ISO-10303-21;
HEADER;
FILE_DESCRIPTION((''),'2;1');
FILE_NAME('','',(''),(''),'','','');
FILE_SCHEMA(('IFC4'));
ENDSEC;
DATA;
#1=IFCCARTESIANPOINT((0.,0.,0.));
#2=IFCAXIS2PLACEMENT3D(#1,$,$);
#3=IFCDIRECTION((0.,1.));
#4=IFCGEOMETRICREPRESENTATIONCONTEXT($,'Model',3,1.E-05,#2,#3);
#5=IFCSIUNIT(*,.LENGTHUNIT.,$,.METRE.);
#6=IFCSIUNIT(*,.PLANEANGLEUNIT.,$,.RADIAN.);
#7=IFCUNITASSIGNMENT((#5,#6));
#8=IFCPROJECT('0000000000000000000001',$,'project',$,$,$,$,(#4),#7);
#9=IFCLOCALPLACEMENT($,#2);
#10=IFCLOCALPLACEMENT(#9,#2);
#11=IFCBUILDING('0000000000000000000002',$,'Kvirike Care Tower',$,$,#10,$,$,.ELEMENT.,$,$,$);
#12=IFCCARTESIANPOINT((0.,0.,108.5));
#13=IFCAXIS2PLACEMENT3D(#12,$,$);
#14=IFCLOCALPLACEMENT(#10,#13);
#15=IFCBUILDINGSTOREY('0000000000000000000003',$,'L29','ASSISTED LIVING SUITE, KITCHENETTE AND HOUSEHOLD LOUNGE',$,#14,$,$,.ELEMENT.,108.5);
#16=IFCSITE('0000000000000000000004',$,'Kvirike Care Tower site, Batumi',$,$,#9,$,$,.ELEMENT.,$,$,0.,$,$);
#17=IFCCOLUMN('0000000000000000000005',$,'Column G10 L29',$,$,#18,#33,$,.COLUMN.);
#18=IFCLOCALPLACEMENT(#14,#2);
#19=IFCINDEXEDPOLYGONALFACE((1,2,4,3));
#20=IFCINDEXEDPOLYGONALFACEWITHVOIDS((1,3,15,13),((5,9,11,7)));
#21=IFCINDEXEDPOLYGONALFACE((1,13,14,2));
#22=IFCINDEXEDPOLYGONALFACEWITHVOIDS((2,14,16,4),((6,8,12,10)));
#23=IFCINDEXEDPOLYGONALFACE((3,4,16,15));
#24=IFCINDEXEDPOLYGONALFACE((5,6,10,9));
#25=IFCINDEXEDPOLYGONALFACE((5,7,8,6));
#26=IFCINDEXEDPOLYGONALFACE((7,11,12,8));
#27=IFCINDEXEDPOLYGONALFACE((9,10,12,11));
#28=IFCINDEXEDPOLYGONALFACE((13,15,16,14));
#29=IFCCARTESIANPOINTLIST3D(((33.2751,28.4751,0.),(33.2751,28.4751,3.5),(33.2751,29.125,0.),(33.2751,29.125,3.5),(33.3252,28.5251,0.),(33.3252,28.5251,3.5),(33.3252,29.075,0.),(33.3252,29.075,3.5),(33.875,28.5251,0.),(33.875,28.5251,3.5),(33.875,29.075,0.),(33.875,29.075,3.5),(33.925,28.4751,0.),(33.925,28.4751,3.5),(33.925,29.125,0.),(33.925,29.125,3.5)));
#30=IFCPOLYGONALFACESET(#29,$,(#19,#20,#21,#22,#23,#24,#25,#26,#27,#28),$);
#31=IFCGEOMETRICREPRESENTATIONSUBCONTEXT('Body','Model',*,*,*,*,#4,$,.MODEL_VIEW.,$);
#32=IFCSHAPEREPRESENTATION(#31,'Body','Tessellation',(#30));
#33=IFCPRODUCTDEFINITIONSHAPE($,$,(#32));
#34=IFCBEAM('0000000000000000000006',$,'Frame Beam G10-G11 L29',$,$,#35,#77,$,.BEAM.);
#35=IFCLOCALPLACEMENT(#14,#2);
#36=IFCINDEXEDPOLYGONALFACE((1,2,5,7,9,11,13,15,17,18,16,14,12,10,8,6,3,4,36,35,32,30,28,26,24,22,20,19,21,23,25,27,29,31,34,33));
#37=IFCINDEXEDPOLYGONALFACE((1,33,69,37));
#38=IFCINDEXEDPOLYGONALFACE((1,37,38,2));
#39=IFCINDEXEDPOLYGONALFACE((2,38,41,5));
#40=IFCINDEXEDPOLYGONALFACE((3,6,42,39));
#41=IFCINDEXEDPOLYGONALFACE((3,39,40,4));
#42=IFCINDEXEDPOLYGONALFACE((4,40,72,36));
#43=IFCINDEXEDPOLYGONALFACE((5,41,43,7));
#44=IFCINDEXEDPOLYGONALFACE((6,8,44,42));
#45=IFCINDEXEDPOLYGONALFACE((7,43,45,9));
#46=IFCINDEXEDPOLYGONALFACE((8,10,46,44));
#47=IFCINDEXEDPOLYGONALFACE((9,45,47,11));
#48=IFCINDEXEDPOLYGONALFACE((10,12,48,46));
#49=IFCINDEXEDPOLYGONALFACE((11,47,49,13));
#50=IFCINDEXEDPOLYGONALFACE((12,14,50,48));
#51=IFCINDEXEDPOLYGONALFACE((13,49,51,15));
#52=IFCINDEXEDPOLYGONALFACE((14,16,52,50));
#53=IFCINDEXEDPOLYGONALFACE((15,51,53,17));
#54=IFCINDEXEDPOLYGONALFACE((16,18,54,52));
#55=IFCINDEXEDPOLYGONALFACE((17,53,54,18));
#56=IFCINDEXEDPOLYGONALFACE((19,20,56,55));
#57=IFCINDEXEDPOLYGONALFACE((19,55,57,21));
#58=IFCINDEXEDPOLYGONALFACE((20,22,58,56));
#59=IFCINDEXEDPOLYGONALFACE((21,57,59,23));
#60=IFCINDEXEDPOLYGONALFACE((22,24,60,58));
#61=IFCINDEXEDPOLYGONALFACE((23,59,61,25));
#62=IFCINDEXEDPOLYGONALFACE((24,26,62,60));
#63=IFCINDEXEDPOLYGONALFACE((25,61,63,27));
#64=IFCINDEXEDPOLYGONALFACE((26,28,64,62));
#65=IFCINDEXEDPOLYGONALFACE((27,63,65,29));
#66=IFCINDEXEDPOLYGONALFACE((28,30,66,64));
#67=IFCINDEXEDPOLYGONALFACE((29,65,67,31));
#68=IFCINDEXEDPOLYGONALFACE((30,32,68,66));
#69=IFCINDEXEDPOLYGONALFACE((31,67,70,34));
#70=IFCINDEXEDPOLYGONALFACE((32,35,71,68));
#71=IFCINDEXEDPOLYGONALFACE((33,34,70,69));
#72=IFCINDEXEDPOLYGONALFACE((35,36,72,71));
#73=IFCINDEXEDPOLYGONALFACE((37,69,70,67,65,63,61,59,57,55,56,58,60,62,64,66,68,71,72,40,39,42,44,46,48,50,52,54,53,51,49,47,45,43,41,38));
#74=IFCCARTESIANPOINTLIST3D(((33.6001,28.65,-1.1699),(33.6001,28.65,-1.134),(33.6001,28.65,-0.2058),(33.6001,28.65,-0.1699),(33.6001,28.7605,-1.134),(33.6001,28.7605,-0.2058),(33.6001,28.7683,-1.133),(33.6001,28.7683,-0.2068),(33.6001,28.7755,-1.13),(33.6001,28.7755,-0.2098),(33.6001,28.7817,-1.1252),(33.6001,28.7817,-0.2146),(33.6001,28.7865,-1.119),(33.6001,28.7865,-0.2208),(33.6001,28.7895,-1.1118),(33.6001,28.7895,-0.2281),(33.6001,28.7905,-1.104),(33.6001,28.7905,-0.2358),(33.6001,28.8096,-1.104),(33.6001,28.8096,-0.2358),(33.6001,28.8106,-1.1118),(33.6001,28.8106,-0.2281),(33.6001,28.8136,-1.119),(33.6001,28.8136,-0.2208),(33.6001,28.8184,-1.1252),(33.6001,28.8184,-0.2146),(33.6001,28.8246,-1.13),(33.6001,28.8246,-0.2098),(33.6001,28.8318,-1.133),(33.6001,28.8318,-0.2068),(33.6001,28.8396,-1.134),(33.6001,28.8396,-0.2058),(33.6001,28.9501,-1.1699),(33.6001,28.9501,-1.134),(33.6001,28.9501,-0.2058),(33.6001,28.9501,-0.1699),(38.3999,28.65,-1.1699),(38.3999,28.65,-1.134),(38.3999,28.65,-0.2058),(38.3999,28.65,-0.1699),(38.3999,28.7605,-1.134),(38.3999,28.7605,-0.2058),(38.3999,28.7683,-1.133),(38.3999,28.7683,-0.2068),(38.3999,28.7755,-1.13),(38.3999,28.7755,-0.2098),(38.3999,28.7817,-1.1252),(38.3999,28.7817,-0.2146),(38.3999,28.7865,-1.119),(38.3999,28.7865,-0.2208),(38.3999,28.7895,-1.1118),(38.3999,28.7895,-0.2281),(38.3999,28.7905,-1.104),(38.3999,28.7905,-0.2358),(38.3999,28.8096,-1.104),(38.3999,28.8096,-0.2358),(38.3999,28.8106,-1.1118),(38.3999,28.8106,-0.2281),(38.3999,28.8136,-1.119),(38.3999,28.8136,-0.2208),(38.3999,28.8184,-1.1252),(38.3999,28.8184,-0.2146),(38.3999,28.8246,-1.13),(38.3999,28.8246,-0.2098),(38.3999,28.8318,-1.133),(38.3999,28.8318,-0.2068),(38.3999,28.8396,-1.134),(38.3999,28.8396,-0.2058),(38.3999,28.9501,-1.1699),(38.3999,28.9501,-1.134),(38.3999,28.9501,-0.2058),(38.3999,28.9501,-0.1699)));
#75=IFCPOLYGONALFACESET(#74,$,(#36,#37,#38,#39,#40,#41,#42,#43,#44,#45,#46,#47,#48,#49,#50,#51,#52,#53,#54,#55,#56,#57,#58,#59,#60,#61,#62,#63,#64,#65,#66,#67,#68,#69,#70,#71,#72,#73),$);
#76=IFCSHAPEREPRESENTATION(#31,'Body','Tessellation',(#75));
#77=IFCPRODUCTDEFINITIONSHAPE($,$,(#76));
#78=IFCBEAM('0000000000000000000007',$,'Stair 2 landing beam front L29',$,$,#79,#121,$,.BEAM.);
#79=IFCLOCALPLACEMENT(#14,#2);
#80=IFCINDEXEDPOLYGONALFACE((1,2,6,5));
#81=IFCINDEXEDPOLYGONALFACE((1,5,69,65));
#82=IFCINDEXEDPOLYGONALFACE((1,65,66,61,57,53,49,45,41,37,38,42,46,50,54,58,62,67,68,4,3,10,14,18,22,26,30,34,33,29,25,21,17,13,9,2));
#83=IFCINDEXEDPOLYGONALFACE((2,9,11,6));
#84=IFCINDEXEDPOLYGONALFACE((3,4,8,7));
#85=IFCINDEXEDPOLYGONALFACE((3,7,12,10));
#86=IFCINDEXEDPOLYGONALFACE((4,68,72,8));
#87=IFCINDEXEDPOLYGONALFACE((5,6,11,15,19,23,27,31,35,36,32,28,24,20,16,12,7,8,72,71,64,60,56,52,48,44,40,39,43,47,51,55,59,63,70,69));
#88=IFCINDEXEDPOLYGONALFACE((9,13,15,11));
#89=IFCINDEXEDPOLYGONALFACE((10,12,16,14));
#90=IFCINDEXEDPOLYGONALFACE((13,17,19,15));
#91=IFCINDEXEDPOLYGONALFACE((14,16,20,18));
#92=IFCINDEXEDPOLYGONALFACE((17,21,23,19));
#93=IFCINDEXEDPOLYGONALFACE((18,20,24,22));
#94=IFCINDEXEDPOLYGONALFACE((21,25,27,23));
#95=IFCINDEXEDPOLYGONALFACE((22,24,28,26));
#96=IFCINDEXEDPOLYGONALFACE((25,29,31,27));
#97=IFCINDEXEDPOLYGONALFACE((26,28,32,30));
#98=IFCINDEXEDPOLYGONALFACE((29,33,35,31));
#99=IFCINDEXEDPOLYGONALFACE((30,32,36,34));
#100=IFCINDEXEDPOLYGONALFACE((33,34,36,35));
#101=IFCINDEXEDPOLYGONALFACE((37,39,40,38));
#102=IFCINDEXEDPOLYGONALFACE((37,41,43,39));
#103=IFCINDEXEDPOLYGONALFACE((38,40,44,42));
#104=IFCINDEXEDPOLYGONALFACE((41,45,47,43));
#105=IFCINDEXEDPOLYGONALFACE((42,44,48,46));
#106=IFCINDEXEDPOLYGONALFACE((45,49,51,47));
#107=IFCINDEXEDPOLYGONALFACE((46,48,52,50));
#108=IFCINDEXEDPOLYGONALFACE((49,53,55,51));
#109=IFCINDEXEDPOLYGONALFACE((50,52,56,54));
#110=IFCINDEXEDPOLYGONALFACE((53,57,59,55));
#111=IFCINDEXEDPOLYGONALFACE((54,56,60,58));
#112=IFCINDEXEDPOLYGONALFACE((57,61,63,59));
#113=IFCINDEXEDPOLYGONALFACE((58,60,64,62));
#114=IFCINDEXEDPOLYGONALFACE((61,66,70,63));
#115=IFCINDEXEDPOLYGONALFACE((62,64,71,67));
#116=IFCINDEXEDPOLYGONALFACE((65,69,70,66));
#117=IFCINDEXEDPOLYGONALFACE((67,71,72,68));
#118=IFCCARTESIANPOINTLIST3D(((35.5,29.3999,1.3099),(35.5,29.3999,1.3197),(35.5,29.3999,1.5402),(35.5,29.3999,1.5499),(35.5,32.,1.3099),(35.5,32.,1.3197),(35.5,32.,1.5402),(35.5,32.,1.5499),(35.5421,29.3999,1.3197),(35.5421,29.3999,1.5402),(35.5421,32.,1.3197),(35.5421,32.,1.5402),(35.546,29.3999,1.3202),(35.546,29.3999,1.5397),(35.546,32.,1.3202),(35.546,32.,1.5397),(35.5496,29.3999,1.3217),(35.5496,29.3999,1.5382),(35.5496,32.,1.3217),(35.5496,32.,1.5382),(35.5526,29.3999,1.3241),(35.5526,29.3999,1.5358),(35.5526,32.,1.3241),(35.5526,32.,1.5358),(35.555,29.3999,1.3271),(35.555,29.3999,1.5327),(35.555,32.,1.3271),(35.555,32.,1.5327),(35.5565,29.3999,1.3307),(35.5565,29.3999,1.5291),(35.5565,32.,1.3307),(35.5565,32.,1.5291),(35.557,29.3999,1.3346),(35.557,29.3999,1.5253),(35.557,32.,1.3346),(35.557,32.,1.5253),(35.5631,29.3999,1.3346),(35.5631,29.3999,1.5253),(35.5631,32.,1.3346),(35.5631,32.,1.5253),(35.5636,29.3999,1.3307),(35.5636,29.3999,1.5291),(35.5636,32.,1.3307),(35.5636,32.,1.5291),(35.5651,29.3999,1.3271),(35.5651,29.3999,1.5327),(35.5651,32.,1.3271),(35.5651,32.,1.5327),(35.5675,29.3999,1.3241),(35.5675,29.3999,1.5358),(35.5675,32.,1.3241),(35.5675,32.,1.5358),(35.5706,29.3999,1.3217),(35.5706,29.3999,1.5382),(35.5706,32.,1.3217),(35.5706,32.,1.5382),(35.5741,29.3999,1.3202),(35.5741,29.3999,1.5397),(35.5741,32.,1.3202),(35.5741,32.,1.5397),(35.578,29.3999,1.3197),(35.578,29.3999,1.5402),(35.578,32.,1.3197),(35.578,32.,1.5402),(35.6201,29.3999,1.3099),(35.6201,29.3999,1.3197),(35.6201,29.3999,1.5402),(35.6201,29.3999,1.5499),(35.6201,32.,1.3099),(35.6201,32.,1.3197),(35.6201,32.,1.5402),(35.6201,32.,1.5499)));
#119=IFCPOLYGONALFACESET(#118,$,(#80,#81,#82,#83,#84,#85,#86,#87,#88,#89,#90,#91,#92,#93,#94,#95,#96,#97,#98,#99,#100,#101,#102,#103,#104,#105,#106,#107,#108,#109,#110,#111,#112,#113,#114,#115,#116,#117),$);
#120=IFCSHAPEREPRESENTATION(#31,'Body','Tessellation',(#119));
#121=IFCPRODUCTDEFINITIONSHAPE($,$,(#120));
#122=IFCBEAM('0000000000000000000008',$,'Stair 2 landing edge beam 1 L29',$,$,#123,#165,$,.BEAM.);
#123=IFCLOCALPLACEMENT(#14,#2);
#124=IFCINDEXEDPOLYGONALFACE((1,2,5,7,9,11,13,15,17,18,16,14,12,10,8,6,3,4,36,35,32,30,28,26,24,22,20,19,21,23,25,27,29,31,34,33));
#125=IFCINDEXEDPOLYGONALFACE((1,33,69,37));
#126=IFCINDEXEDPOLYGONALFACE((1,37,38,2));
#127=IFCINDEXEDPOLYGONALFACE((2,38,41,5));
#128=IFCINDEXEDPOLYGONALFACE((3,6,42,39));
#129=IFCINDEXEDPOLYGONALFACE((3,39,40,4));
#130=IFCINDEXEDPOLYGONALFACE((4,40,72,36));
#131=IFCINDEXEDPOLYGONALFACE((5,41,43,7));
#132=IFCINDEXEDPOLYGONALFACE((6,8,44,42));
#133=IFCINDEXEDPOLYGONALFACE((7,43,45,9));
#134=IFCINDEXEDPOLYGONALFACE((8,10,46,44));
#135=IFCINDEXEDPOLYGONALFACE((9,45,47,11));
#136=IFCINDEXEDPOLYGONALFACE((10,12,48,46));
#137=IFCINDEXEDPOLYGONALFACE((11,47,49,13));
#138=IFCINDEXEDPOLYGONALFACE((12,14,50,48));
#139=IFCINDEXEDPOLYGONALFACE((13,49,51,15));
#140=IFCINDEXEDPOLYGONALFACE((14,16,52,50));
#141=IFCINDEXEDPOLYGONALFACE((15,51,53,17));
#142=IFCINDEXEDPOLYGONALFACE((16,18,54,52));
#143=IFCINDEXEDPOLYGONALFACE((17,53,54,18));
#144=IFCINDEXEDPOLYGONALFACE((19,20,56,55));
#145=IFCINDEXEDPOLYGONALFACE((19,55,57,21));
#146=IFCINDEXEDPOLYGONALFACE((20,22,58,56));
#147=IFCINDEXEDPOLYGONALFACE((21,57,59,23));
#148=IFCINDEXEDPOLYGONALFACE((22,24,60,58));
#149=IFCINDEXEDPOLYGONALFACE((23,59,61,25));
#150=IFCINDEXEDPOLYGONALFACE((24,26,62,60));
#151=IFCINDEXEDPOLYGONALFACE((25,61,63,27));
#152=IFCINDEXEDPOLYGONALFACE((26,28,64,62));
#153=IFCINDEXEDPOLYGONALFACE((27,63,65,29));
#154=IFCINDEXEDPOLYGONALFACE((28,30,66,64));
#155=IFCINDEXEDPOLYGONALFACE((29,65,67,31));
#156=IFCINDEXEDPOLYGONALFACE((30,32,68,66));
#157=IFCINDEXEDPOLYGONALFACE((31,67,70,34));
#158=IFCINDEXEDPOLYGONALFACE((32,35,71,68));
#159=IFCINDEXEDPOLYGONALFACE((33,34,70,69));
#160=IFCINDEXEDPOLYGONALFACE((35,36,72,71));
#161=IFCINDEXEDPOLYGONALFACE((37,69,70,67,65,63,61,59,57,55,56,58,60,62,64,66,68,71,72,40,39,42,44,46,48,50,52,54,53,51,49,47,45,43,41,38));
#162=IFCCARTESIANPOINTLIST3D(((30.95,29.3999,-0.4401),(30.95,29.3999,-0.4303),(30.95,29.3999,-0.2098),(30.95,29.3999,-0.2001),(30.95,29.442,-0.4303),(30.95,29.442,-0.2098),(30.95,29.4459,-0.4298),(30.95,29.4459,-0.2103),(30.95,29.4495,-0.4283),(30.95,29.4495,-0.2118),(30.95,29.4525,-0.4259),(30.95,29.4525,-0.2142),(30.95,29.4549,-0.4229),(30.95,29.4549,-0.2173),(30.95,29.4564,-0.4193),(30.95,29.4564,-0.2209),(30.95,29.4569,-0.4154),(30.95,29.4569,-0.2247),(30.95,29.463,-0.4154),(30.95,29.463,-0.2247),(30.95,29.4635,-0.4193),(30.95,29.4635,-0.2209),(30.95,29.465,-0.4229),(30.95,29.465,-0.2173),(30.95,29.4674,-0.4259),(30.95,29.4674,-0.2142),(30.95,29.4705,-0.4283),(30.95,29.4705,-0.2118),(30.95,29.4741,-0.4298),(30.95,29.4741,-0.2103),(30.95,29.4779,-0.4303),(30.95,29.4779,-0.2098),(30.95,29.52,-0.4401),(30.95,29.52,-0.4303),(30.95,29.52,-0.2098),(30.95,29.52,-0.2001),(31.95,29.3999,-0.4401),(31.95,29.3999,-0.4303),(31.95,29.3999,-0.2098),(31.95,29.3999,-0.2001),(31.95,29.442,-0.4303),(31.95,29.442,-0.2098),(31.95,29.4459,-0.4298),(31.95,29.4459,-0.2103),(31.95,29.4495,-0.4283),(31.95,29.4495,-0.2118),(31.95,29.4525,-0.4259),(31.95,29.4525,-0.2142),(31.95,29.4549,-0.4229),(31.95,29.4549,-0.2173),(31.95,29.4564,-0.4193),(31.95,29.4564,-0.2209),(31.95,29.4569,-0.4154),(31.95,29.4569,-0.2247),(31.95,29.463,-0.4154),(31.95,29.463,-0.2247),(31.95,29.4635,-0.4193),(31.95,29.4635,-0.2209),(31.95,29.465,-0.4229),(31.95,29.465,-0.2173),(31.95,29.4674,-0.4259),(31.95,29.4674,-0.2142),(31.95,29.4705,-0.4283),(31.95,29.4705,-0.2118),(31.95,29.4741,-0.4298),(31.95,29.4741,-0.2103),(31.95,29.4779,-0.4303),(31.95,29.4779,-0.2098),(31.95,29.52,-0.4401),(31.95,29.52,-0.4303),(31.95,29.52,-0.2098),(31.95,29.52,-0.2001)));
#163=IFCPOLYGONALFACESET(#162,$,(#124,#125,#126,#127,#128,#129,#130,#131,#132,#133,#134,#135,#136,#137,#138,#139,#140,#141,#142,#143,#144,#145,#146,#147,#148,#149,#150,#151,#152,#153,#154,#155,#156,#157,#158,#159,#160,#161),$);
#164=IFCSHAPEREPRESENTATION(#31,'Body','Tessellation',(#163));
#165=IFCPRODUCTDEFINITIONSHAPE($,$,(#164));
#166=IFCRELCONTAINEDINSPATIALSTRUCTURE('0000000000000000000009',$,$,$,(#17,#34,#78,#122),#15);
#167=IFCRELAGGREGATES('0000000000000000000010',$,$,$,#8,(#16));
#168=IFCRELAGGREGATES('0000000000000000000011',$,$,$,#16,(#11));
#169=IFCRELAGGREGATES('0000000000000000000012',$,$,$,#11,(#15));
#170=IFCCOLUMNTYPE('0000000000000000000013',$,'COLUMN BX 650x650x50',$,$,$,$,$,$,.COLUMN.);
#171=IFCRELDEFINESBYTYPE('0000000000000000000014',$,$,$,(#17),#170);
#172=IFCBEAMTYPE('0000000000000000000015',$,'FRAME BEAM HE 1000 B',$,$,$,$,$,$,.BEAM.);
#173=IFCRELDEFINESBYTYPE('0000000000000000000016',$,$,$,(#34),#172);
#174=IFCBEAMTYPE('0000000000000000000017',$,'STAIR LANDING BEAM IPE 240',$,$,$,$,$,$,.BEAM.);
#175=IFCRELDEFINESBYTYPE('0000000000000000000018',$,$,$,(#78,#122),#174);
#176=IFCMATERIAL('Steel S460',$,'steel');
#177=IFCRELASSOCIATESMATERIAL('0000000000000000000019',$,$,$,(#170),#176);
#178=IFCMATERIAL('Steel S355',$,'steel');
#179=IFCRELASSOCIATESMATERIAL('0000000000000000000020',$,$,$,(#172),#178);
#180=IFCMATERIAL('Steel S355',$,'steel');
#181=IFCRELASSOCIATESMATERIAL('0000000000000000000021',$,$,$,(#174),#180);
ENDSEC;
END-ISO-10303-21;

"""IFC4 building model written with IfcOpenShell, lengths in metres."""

from ifc_helpers import new_model, si_unit, direction, frame, origin, origin_2d, place, context, subcontext, project, spatial, hollow_rectangle, i_section, extrude, material, material_profile, profile_set, type_object, element, save


model = new_model("IFC4")

# Units and contexts
model_context = context("Model", 3, precision=1e-05, world=origin(), true_north=direction((0.0, 1.0)))
body_context = subcontext(model_context, "Body", "Model", "MODEL_VIEW")
ifc_project = project(units=[si_unit("LENGTHUNIT", "METRE"), si_unit("PLANEANGLEUNIT", "RADIAN")], contexts=[model_context])

# Site, building, storey
site_placement = place(None, origin())
site = spatial("IfcSite", under=ifc_project, at=site_placement, Name="Kvirike Care Tower site, Batumi", CompositionType="ELEMENT", RefElevation=0.0)
building_placement = place(site_placement, origin())
building = spatial("IfcBuilding", under=site, at=building_placement, Name="Kvirike Care Tower", CompositionType="ELEMENT")
storey_placement = place(building_placement, frame((0.0, 0.0, 108.5)))
storey = spatial("IfcBuildingStorey", under=building, at=storey_placement, Name="L29", Description="ASSISTED LIVING SUITE, KITCHENETTE AND HOUSEHOLD LOUNGE", CompositionType="ELEMENT", Elevation=108.5)

# Column
ifc_material_1 = material(Name="Steel S460", Category="steel")
ifc_material_profile_1 = material_profile(ifc_material_1, hollow_rectangle(XDim=0.6499, YDim=0.6499, WallThickness=0.05, at=origin_2d()), Name="BX 650x650x50")
ifc_profile_set_1 = profile_set([ifc_material_profile_1], Name="Steel S460")
column_type = type_object("IfcColumnType", Name="COLUMN BX 650x650x50", PredefinedType="COLUMN", material=ifc_profile_set_1)
column_placement = place(storey_placement, frame((33.6001, 28.8, 0.0), z_axis=(0.0, 0.0, 1.0), x_axis=(0.0, 1.0, 0.0)))
element("IfcColumn", 1, at=column_placement, inside=storey, type_object=column_type, Name="Column G10 L29", PredefinedType="COLUMN", context=body_context, shape_type="SweptSolid", body=[
    extrude(hollow_rectangle(XDim=0.6499, YDim=0.6499, WallThickness=0.05, at=origin_2d()), origin(), (0.0, 0.0, 1.0), 3.5),
])

# Beams
ifc_material_2 = material(Name="Steel S355", Category="steel")
ifc_material_profile_2 = material_profile(ifc_material_2, i_section(OverallWidth=0.3, OverallDepth=1.0, WebThickness=0.019, FlangeThickness=0.0359, FilletRadius=0.03, at=origin_2d()), Name="HE 1000 B")
ifc_profile_set_2 = profile_set([ifc_material_profile_2], Name="Steel S355")
beam_type_1 = type_object("IfcBeamType", Name="FRAME BEAM HE 1000 B", PredefinedType="BEAM", material=ifc_profile_set_2)
beam_1_placement = place(storey_placement, frame((33.6001, 28.8, -0.6699), z_axis=(1.0, 0.0, 0.0), x_axis=(0.0, 1.0, 0.0)))
element("IfcBeam", 2, at=beam_1_placement, inside=storey, type_object=beam_type_1, Name="Frame Beam G10-G11 L29", PredefinedType="BEAM", context=body_context, shape_type="SweptSolid", body=[
    extrude(i_section(OverallWidth=0.3, OverallDepth=1.0, WebThickness=0.019, FlangeThickness=0.0359, FilletRadius=0.03, at=origin_2d()), origin(), (0.0, 0.0, 1.0), 4.7998),
])
ifc_material_3 = material(Name="Steel S355", Category="steel")
ifc_material_profile_3 = material_profile(ifc_material_3, i_section(OverallWidth=0.1201, OverallDepth=0.24, WebThickness=0.0061, FlangeThickness=0.0098, FilletRadius=0.0149, at=origin_2d()), Name="IPE 240")
ifc_profile_set_3 = profile_set([ifc_material_profile_3], Name="Steel S355")
beam_type_2 = type_object("IfcBeamType", Name="STAIR LANDING BEAM IPE 240", PredefinedType="BEAM", material=ifc_profile_set_3)
beam_2_placement = place(storey_placement, frame((35.5601, 29.3999, 1.4299), z_axis=(0.0, 1.0, 0.0), x_axis=(-1.0, 0.0, 0.0)))
element("IfcBeam", 3, at=beam_2_placement, inside=storey, type_object=beam_type_2, Name="Stair 2 landing beam front L29", PredefinedType="BEAM", context=body_context, shape_type="SweptSolid", body=[
    extrude(i_section(OverallWidth=0.1201, OverallDepth=0.24, WebThickness=0.0061, FlangeThickness=0.0098, FilletRadius=0.0149, at=origin_2d()), origin(), (0.0, 0.0, 1.0), 2.6001),
])
for number, where, z_axis, x_axis, name in (
    (4, (31.95, 29.46, -0.3201), (-1.0, 0.0, 0.0), (0.0, -1.0, 0.0), "Stair 2 landing edge beam 1 L29"),
):
    element("IfcBeam", number, at=place(storey_placement, frame(where, z_axis=z_axis, x_axis=x_axis)), inside=storey, type_object=beam_type_2, Name=name, PredefinedType="BEAM", context=body_context, shape_type="SweptSolid", body=[
        extrude(i_section(OverallWidth=0.1201, OverallDepth=0.24, WebThickness=0.0061, FlangeThickness=0.0098, FilletRadius=0.0149, at=origin_2d()), origin(), (0.0, 0.0, 1.0), 1.0),
    ])

save(model, "model.ifc")
